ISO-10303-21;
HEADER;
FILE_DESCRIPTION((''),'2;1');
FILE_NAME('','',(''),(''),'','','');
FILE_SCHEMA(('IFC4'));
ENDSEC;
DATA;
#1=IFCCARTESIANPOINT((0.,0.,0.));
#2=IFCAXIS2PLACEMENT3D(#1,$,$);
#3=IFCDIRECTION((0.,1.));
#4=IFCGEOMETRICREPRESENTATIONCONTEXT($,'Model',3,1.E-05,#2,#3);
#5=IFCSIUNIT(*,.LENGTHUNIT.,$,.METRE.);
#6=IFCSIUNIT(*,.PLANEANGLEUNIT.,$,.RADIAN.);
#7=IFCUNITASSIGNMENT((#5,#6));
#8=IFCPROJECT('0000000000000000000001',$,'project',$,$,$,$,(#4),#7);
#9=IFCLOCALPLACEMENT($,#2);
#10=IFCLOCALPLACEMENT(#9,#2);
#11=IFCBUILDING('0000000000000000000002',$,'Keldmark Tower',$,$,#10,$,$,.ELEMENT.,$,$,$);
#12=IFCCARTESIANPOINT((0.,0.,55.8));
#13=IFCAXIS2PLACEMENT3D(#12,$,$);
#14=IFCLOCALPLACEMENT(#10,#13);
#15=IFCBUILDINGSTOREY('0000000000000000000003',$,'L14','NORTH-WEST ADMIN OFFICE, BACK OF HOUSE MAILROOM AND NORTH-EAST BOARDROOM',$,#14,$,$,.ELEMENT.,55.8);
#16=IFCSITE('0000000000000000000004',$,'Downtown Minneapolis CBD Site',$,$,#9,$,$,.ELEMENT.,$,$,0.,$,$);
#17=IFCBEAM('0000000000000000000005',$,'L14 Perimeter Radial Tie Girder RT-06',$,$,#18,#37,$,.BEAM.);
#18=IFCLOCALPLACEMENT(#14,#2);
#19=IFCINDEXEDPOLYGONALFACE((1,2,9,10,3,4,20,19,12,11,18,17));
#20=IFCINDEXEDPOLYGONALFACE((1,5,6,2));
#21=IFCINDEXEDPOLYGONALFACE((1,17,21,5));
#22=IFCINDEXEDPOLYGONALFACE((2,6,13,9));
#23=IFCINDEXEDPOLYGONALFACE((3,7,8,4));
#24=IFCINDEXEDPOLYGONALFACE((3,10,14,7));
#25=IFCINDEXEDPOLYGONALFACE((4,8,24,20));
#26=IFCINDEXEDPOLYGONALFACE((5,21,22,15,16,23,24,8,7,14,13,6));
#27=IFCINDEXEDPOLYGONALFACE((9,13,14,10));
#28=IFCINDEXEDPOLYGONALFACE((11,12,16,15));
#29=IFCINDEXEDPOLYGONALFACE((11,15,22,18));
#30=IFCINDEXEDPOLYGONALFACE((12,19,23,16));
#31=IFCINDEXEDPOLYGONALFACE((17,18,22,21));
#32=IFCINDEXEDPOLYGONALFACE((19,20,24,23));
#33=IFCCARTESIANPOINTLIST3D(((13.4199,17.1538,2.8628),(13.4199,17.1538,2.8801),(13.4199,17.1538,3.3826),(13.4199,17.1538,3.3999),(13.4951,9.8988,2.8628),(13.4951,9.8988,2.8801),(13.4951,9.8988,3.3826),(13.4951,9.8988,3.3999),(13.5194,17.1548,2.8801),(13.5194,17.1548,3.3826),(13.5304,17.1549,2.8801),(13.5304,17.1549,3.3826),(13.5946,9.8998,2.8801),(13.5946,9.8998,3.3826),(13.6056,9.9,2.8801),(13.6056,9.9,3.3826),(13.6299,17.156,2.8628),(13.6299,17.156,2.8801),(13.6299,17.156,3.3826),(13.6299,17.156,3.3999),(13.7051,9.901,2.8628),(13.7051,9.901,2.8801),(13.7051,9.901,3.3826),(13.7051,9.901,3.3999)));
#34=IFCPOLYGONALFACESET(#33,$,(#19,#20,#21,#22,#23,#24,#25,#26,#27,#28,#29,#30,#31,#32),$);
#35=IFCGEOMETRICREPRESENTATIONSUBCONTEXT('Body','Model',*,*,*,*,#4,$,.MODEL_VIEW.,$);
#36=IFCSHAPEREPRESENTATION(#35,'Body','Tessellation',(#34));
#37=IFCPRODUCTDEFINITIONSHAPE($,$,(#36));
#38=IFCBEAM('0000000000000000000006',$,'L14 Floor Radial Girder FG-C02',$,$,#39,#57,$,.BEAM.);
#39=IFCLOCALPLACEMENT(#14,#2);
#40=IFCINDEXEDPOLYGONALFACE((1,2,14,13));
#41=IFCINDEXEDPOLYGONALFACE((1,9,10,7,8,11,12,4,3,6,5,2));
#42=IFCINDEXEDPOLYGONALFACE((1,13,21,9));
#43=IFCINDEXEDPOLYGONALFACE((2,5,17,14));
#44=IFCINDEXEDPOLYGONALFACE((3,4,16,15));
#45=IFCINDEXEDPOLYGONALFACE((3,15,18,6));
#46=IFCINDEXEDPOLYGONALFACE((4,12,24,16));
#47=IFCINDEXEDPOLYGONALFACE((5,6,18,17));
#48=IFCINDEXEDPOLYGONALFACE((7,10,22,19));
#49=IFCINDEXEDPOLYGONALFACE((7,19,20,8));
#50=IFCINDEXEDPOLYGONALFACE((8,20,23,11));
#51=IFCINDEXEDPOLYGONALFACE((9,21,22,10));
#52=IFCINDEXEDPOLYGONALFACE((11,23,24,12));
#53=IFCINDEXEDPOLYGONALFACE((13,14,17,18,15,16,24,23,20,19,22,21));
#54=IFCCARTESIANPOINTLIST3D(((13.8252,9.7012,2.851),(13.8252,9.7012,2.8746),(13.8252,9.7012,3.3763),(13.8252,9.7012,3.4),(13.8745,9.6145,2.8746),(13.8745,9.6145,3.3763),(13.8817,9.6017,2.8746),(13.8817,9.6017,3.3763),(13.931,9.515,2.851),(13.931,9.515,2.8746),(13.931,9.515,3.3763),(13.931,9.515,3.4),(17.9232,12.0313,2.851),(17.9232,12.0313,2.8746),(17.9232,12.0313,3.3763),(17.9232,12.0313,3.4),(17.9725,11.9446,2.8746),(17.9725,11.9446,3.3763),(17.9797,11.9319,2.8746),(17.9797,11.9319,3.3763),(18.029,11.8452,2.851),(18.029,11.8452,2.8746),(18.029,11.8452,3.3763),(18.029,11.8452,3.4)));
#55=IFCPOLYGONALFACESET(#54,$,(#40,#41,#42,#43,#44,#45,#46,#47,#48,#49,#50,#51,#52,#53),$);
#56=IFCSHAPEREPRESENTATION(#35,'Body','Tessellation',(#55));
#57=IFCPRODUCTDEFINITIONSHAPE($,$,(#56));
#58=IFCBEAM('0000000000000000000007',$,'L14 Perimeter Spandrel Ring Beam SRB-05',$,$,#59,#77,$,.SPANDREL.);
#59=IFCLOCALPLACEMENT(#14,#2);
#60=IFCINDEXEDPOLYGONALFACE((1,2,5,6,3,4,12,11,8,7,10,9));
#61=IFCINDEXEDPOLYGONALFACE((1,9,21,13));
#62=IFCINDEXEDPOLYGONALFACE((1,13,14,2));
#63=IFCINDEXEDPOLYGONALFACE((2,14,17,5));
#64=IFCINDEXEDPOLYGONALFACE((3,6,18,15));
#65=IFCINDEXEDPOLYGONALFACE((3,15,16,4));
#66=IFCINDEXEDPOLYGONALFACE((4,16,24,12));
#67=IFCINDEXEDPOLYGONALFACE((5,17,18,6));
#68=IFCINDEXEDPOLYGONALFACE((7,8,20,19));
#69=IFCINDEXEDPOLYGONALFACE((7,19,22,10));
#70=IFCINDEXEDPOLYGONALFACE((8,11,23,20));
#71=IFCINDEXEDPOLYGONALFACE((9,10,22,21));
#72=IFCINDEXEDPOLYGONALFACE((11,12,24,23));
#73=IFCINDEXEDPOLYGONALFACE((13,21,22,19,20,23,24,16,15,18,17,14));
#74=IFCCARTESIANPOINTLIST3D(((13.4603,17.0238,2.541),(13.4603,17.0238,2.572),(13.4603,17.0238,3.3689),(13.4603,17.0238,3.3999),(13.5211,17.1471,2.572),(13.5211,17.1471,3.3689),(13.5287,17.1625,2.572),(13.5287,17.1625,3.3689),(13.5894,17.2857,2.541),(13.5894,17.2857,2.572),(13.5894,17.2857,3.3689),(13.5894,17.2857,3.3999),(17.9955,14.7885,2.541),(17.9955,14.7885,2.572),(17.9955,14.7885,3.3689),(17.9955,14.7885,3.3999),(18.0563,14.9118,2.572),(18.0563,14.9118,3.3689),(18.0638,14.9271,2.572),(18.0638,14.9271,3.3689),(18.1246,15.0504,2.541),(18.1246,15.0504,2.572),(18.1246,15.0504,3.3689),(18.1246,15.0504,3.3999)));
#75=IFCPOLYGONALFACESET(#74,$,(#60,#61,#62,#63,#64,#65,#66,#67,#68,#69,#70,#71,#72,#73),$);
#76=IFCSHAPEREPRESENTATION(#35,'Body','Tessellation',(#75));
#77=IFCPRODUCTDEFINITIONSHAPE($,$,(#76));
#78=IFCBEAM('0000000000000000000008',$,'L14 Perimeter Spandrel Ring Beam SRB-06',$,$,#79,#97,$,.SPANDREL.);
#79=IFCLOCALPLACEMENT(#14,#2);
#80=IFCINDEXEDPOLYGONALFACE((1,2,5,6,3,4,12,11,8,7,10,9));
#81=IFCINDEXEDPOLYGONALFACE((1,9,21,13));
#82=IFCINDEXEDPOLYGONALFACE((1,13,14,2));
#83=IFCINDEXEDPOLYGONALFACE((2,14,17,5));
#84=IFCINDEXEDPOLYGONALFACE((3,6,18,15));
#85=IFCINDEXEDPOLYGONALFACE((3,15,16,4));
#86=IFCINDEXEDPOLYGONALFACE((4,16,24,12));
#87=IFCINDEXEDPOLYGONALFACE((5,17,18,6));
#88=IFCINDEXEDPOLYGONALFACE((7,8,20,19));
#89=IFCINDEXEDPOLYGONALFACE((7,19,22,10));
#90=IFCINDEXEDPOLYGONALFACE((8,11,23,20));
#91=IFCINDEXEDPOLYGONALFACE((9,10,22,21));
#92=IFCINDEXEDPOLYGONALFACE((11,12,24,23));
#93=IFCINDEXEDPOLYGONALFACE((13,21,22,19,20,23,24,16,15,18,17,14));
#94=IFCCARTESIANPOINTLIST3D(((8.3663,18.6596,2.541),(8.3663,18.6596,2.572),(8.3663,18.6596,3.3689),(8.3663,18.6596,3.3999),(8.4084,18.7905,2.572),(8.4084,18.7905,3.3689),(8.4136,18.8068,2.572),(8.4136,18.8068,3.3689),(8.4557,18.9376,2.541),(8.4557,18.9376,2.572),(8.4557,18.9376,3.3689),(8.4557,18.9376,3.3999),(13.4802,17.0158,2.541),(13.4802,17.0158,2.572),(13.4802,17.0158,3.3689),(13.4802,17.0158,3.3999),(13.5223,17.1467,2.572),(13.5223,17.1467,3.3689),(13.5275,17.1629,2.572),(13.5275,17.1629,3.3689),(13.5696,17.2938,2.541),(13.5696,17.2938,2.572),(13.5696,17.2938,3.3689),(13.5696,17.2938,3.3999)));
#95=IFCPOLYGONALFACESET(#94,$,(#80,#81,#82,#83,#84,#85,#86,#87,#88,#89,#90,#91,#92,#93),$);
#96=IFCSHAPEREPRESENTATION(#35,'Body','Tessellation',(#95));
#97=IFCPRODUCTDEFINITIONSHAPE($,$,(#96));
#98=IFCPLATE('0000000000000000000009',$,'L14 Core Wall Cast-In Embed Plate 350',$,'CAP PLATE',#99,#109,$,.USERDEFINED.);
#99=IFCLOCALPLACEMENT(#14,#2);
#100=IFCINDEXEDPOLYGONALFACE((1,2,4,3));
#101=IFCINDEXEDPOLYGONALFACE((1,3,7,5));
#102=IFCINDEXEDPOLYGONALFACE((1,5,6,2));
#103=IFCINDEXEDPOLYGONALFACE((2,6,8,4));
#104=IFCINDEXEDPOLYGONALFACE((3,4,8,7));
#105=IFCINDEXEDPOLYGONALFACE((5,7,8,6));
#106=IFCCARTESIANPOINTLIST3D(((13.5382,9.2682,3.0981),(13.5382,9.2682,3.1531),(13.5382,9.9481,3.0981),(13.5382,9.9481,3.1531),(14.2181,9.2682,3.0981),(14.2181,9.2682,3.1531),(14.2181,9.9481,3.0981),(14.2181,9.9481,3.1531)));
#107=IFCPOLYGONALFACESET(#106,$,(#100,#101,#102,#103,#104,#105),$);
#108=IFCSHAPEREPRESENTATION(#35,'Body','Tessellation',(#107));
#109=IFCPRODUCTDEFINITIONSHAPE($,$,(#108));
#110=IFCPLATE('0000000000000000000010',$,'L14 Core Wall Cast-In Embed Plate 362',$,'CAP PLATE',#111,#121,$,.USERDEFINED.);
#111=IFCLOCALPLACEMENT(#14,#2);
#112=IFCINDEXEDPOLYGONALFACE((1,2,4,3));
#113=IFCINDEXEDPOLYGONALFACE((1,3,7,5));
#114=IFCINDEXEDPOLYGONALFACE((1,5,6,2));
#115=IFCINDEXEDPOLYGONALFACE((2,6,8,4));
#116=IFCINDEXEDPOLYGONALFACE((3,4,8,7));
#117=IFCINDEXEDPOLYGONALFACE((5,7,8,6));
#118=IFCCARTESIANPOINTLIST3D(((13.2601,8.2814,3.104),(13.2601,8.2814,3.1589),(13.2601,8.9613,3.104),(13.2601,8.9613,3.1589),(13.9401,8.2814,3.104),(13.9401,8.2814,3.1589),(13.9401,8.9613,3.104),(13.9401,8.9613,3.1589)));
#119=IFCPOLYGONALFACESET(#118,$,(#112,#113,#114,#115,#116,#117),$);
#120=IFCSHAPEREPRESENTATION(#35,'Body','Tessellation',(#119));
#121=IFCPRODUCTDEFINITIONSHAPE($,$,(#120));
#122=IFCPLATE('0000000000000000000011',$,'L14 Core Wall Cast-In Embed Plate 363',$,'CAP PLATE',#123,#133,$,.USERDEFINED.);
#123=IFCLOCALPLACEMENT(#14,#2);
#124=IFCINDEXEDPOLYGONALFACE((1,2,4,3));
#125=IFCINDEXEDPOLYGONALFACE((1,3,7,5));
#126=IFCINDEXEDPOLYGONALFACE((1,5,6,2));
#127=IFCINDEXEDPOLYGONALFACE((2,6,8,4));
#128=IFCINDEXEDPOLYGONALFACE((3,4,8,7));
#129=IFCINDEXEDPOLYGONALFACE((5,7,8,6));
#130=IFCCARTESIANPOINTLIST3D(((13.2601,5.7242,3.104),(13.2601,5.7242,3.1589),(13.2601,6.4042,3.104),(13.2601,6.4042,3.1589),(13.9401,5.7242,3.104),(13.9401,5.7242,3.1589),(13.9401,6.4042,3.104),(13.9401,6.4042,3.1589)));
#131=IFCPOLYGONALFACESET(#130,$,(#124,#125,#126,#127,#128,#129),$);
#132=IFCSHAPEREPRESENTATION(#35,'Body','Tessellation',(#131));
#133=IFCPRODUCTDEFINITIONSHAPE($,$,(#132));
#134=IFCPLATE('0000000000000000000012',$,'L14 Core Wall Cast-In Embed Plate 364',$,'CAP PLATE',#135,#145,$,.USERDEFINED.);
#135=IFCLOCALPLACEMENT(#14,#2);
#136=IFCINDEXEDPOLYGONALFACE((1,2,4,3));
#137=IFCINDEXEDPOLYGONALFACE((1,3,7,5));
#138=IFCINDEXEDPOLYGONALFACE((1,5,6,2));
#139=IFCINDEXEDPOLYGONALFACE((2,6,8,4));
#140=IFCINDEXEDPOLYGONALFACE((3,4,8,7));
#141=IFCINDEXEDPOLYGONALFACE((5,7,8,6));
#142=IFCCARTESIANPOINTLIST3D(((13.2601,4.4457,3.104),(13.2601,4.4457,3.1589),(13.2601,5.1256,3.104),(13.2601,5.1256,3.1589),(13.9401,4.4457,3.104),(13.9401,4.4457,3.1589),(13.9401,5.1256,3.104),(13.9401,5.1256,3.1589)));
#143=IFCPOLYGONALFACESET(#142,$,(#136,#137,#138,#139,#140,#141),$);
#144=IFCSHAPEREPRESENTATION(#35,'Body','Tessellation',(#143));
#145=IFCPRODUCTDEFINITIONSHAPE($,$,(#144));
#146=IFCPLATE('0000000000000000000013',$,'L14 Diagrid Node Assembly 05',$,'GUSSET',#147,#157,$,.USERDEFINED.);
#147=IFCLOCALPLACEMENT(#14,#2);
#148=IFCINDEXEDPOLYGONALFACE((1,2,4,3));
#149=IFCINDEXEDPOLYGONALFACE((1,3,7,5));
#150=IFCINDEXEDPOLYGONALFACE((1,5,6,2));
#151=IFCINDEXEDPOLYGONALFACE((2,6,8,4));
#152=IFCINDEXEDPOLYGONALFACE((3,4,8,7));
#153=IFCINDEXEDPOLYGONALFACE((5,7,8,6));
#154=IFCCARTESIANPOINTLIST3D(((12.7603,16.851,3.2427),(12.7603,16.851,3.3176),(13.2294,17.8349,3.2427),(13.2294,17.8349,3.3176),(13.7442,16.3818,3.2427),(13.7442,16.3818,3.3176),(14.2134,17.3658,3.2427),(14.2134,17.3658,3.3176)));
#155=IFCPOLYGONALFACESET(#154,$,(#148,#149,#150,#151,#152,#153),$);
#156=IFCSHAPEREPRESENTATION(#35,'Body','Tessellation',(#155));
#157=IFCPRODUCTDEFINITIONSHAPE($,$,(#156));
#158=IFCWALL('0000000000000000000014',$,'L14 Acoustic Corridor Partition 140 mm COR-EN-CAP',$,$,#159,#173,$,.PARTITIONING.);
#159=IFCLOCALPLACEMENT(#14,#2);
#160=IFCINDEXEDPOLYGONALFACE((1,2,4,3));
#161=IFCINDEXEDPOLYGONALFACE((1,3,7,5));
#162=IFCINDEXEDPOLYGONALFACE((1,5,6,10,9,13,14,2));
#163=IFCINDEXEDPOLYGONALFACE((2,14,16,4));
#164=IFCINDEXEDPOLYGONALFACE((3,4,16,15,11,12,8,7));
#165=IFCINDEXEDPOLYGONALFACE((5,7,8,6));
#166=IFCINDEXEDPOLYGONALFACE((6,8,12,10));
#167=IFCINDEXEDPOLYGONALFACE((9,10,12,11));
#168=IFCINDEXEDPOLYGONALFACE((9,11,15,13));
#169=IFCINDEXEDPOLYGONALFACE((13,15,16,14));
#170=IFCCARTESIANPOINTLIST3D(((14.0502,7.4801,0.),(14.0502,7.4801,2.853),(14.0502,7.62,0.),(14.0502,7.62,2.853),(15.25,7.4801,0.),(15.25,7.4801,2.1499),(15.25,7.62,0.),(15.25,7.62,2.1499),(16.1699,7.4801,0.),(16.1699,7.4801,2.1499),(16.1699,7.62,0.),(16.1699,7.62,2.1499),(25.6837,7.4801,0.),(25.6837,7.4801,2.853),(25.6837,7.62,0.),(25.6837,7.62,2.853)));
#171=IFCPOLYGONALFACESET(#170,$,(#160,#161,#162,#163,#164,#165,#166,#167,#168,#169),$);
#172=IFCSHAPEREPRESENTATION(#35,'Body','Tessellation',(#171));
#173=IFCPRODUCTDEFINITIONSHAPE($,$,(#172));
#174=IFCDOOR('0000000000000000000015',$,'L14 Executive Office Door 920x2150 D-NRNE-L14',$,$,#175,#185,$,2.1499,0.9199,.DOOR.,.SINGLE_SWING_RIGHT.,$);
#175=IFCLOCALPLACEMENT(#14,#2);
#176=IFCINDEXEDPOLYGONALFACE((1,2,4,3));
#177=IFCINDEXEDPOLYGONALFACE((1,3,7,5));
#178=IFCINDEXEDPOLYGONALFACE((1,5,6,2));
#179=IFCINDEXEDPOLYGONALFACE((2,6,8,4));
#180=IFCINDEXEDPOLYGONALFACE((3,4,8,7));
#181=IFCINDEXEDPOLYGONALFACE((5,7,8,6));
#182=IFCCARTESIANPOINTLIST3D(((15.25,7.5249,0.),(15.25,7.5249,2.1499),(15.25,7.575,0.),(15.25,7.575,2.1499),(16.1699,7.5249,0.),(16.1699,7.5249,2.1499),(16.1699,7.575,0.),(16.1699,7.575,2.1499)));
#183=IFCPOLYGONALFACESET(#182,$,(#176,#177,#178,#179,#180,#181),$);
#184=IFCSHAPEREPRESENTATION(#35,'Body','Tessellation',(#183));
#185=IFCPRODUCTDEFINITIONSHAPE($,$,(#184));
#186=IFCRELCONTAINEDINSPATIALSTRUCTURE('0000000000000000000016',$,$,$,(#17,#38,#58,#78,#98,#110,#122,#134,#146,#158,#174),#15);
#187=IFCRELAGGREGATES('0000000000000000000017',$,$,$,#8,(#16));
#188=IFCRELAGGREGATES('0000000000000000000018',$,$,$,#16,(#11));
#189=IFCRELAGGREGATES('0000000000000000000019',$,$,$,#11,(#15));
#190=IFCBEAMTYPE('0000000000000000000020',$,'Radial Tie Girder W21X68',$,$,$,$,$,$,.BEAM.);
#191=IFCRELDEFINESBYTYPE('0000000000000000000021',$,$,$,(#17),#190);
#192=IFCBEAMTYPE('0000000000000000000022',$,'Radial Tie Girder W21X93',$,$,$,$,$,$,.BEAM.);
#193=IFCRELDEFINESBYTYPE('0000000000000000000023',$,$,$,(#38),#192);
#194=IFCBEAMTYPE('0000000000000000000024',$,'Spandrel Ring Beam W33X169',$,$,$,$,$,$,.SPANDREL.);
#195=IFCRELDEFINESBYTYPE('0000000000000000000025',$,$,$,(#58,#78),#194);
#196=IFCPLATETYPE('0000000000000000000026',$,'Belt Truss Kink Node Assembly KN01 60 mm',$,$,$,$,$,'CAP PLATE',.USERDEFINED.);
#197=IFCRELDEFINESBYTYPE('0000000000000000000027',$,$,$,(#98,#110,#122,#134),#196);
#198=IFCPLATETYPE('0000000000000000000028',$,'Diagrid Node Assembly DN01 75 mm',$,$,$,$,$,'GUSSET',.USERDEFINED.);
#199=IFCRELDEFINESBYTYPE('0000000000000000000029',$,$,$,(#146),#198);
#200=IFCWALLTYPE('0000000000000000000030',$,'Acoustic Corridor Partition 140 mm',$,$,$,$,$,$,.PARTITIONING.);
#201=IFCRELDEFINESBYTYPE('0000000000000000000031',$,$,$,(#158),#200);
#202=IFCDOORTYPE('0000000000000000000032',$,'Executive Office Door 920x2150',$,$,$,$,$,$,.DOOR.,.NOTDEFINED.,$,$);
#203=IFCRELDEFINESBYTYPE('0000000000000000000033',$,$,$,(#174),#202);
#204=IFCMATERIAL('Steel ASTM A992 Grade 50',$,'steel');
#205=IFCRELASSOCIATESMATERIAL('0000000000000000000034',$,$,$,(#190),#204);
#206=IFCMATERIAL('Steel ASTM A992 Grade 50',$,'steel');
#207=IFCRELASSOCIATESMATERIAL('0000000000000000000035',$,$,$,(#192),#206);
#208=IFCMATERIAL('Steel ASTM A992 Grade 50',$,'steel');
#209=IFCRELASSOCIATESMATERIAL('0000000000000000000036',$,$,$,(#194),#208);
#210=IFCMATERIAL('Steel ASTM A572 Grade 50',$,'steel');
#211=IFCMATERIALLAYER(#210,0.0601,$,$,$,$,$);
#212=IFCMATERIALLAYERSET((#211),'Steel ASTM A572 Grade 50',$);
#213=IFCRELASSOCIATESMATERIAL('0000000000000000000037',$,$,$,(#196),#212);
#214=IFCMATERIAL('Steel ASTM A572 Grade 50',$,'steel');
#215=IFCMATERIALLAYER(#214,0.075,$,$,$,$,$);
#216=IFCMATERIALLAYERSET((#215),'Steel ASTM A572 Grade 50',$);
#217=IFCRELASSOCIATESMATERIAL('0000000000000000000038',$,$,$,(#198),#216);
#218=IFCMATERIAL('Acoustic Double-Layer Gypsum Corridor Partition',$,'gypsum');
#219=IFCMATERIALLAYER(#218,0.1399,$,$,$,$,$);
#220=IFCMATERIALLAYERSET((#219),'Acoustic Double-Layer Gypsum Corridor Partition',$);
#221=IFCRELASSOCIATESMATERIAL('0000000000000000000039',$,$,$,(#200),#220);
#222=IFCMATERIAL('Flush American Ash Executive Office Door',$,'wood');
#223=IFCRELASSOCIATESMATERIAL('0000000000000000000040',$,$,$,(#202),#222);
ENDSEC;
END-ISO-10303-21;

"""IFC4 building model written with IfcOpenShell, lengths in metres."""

from ifc_helpers import new_model, si_unit, direction, frame, frame_2d, origin, origin_2d, place, context, subcontext, project, spatial, rectangle, i_section, extrude, material, layer, layer_set, material_profile, profile_set, type_object, element, fill, save


model = new_model("IFC4")

# Units and contexts
model_context = context("Model", 3, precision=1e-05, world=origin(), true_north=direction((0.0, 1.0)))
body_context = subcontext(model_context, "Body", "Model", "MODEL_VIEW")
ifc_project = project(units=[si_unit("LENGTHUNIT", "METRE"), si_unit("PLANEANGLEUNIT", "RADIAN")], contexts=[model_context])

# Site, building, storey
site_placement = place(None, origin())
site = spatial("IfcSite", under=ifc_project, at=site_placement, Name="Downtown Minneapolis CBD Site", CompositionType="ELEMENT", RefElevation=0.0)
building_placement = place(site_placement, origin())
building = spatial("IfcBuilding", under=site, at=building_placement, Name="Keldmark Tower", CompositionType="ELEMENT")
storey_placement = place(building_placement, frame((0.0, 0.0, 55.8)))
storey = spatial("IfcBuildingStorey", under=building, at=storey_placement, Name="L14", Description="NORTH-WEST ADMIN OFFICE, BACK OF HOUSE MAILROOM AND NORTH-EAST BOARDROOM", CompositionType="ELEMENT", Elevation=55.8)

# Beams
ifc_material_1 = material(Name="Steel ASTM A992 Grade 50", Category="steel")
ifc_material_profile_1 = material_profile(ifc_material_1, i_section(OverallWidth=0.21, OverallDepth=0.5371, WebThickness=0.011, FlangeThickness=0.0173, at=origin_2d()), Name="W21X68")
ifc_profile_set_1 = profile_set([ifc_material_profile_1], Name="Steel ASTM A992 Grade 50")
beam_type_1 = type_object("IfcBeamType", Name="Radial Tie Girder W21X68", PredefinedType="BEAM", material=ifc_profile_set_1)
beam_1_placement = place(storey_placement, frame((13.6001, 9.8999, 3.1313), z_axis=(-0.010364, 0.999946, 0.0), x_axis=(-0.999946, -0.010364, 0.0)))
element("IfcBeam", 1, at=beam_1_placement, inside=storey, type_object=beam_type_1, Name="L14 Perimeter Radial Tie Girder RT-06", PredefinedType="BEAM", context=body_context, shape_type="SweptSolid", body=[
    extrude(i_section(OverallWidth=0.21, OverallDepth=0.5371, WebThickness=0.011, FlangeThickness=0.0173, at=origin_2d()), origin(), (0.0, 0.0, 1.0), 7.2554),
])
ifc_material_2 = material(Name="Steel ASTM A992 Grade 50", Category="steel")
ifc_material_profile_2 = material_profile(ifc_material_2, i_section(OverallWidth=0.2141, OverallDepth=0.5491, WebThickness=0.0146, FlangeThickness=0.0237, at=origin_2d()), Name="W21X93")
ifc_profile_set_2 = profile_set([ifc_material_profile_2], Name="Steel ASTM A992 Grade 50")
beam_type_2 = type_object("IfcBeamType", Name="Radial Tie Girder W21X93", PredefinedType="BEAM", material=ifc_profile_set_2)
beam_2_placement = place(storey_placement, frame((17.9761, 11.9382, 3.1255), z_axis=(-0.869299, -0.494286, 0.0), x_axis=(0.494286, -0.869299, 0.0)))
element("IfcBeam", 2, at=beam_2_placement, inside=storey, type_object=beam_type_2, Name="L14 Floor Radial Girder FG-C02", PredefinedType="BEAM", context=body_context, shape_type="SweptSolid", body=[
    extrude(i_section(OverallWidth=0.2141, OverallDepth=0.5491, WebThickness=0.0146, FlangeThickness=0.0237, at=origin_2d()), origin(), (0.0, 0.0, 1.0), 4.7141),
])
ifc_material_3 = material(Name="Steel ASTM A992 Grade 50", Category="steel")
ifc_material_profile_3 = material_profile(ifc_material_3, i_section(OverallWidth=0.292, OverallDepth=0.8589, WebThickness=0.0171, FlangeThickness=0.031, at=origin_2d()), Name="W33X169")
ifc_profile_set_3 = profile_set([ifc_material_profile_3], Name="Steel ASTM A992 Grade 50")
beam_type_3 = type_object("IfcBeamType", Name="Spandrel Ring Beam W33X169", PredefinedType="SPANDREL", material=ifc_profile_set_3)
beam_3_placement = place(storey_placement, frame((18.0601, 14.9194, 2.9705), z_axis=(-0.896962, 0.442107, 0.0), x_axis=(-0.442107, -0.896962, 0.0)))
element("IfcBeam", 3, at=beam_3_placement, inside=storey, type_object=beam_type_3, Name="L14 Perimeter Spandrel Ring Beam SRB-05", PredefinedType="SPANDREL", context=body_context, shape_type="SweptSolid", body=[
    extrude(i_section(OverallWidth=0.292, OverallDepth=0.8589, WebThickness=0.0171, FlangeThickness=0.031, at=origin_2d()), origin(), (0.0, 0.0, 1.0), 5.0562),
])
beam_4_placement = place(storey_placement, frame((13.5249, 17.1548, 2.9705), z_axis=(-0.952024, 0.306024, 0.0), x_axis=(-0.306024, -0.952024, 0.0)))
element("IfcBeam", 4, at=beam_4_placement, inside=storey, type_object=beam_type_3, Name="L14 Perimeter Spandrel Ring Beam SRB-06", PredefinedType="SPANDREL", context=body_context, shape_type="SweptSolid", body=[
    extrude(i_section(OverallWidth=0.292, OverallDepth=0.8589, WebThickness=0.0171, FlangeThickness=0.031, at=origin_2d()), origin(), (0.0, 0.0, 1.0), 5.3716),
])

# Plates
ifc_material_4 = material(Name="Steel ASTM A572 Grade 50", Category="steel")
ifc_layer_1 = layer(ifc_material_4, 0.0601)
ifc_layer_set_1 = layer_set([ifc_layer_1], Name="Steel ASTM A572 Grade 50")
plate_type_1 = type_object("IfcPlateType", Name="Belt Truss Kink Node Assembly KN01 60 mm", ElementType="CAP PLATE", PredefinedType="USERDEFINED", material=ifc_layer_set_1)
for number, where, z_axis, x_axis, name in (
    (5, (13.8782, 9.6082, 3.0981), (0.0, 0.0, 1.0), (1.0, 0.0, 0.0), "L14 Core Wall Cast-In Embed Plate 350"),
    (6, (13.6001, 8.6213, 3.104), (0.0, 0.0, 1.0), (1.0, 0.0, 0.0), "L14 Core Wall Cast-In Embed Plate 362"),
    (7, (13.6001, 6.0642, 3.104), (0.0, 0.0, 1.0), (1.0, 0.0, 0.0), "L14 Core Wall Cast-In Embed Plate 363"),
    (8, (13.6001, 4.7856, 3.104), (0.0, 0.0, 1.0), (1.0, 0.0, 0.0), "L14 Core Wall Cast-In Embed Plate 364"),
):
    element("IfcPlate", number, at=place(storey_placement, frame(where, z_axis=z_axis, x_axis=x_axis)), inside=storey, type_object=plate_type_1, Name=name, ObjectType="CAP PLATE", PredefinedType="USERDEFINED", context=body_context, shape_type="SweptSolid", body=[
        extrude(rectangle(XDim=0.6799, YDim=0.6799, at=origin_2d()), origin(), (0.0, 0.0, 1.0), 0.0549),
    ])
ifc_material_5 = material(Name="Steel ASTM A572 Grade 50", Category="steel")
ifc_layer_2 = layer(ifc_material_5, 0.075)
ifc_layer_set_2 = layer_set([ifc_layer_2], Name="Steel ASTM A572 Grade 50")
plate_type_2 = type_object("IfcPlateType", Name="Diagrid Node Assembly DN01 75 mm", ElementType="GUSSET", PredefinedType="USERDEFINED", material=ifc_layer_set_2)
plate_placement = place(storey_placement, frame((13.4868, 17.1084, 3.2427), z_axis=(0.0, 0.0, 1.0), x_axis=(-0.90266, 0.430354, 0.0)))
element("IfcPlate", 9, at=plate_placement, inside=storey, type_object=plate_type_2, Name="L14 Diagrid Node Assembly 05", ObjectType="GUSSET", PredefinedType="USERDEFINED", context=body_context, shape_type="SweptSolid", body=[
    extrude(rectangle(XDim=1.0901, YDim=1.0901, at=origin_2d()), origin(), (0.0, 0.0, 1.0), 0.075),
])

# Wall, opening, door
ifc_material_6 = material(Name="Acoustic Double-Layer Gypsum Corridor Partition", Category="gypsum")
ifc_layer_3 = layer(ifc_material_6, 0.1399)
ifc_layer_set_3 = layer_set([ifc_layer_3], Name="Acoustic Double-Layer Gypsum Corridor Partition")
wall_type_1 = type_object("IfcWallType", Name="Acoustic Corridor Partition 140 mm", PredefinedType="PARTITIONING", material=ifc_layer_set_3)
wall_1_placement = place(storey_placement, frame((14.05, 7.55, 0.0), z_axis=(0.0, 0.0, 1.0), x_axis=(1.0, 0.0, 0.0)))
wall_1 = element("IfcWall", 10, at=wall_1_placement, inside=storey, type_object=wall_type_1, Name="L14 Acoustic Corridor Partition 140 mm COR-EN-CAP", PredefinedType="PARTITIONING", context=body_context, shape_type="SweptSolid", body=[
    extrude(rectangle(XDim=11.6335, YDim=0.1399, at=frame_2d((5.8169, 0.0))), origin(), (0.0, 0.0, 1.0), 2.853),
])
opening_placement = place(wall_1_placement, frame((1.2, 0.0, 0.0)))
opening = element("IfcOpeningElement", 11, at=opening_placement, cuts=wall_1, PredefinedType="OPENING", context=body_context, shape_type="SweptSolid", body=[
    extrude(rectangle(XDim=0.9199, YDim=2.1499, at=frame_2d((0.46, 1.075))), frame((0.0, 0.0798, 0.0), z_axis=(0.0, -1.0, 0.0), x_axis=(1.0, 0.0, 0.0)), (0.0, 0.0, 1.0), 0.1599),
])
ifc_material_7 = material(Name="Flush American Ash Executive Office Door", Category="wood")
door_type = type_object("IfcDoorType", Name="Executive Office Door 920x2150", OperationType="NOTDEFINED", PredefinedType="DOOR", material=ifc_material_7)
door_placement = place(opening_placement, origin())
door = element("IfcDoor", 12, at=door_placement, inside=storey, type_object=door_type, Name="L14 Executive Office Door 920x2150 D-NRNE-L14", OperationType="SINGLE_SWING_RIGHT", OverallHeight=2.1499, OverallWidth=0.9199, PredefinedType="DOOR", context=body_context, shape_type="SweptSolid", body=[
    extrude(rectangle(XDim=0.9199, YDim=2.1499, at=frame_2d((0.46, 1.075))), frame((0.0, 0.0249, 0.0), z_axis=(0.0, -1.0, 0.0), x_axis=(1.0, 0.0, 0.0)), (0.0, 0.0, 1.0), 0.05),
])
fill(opening, door)

save(model, "model.ifc")
